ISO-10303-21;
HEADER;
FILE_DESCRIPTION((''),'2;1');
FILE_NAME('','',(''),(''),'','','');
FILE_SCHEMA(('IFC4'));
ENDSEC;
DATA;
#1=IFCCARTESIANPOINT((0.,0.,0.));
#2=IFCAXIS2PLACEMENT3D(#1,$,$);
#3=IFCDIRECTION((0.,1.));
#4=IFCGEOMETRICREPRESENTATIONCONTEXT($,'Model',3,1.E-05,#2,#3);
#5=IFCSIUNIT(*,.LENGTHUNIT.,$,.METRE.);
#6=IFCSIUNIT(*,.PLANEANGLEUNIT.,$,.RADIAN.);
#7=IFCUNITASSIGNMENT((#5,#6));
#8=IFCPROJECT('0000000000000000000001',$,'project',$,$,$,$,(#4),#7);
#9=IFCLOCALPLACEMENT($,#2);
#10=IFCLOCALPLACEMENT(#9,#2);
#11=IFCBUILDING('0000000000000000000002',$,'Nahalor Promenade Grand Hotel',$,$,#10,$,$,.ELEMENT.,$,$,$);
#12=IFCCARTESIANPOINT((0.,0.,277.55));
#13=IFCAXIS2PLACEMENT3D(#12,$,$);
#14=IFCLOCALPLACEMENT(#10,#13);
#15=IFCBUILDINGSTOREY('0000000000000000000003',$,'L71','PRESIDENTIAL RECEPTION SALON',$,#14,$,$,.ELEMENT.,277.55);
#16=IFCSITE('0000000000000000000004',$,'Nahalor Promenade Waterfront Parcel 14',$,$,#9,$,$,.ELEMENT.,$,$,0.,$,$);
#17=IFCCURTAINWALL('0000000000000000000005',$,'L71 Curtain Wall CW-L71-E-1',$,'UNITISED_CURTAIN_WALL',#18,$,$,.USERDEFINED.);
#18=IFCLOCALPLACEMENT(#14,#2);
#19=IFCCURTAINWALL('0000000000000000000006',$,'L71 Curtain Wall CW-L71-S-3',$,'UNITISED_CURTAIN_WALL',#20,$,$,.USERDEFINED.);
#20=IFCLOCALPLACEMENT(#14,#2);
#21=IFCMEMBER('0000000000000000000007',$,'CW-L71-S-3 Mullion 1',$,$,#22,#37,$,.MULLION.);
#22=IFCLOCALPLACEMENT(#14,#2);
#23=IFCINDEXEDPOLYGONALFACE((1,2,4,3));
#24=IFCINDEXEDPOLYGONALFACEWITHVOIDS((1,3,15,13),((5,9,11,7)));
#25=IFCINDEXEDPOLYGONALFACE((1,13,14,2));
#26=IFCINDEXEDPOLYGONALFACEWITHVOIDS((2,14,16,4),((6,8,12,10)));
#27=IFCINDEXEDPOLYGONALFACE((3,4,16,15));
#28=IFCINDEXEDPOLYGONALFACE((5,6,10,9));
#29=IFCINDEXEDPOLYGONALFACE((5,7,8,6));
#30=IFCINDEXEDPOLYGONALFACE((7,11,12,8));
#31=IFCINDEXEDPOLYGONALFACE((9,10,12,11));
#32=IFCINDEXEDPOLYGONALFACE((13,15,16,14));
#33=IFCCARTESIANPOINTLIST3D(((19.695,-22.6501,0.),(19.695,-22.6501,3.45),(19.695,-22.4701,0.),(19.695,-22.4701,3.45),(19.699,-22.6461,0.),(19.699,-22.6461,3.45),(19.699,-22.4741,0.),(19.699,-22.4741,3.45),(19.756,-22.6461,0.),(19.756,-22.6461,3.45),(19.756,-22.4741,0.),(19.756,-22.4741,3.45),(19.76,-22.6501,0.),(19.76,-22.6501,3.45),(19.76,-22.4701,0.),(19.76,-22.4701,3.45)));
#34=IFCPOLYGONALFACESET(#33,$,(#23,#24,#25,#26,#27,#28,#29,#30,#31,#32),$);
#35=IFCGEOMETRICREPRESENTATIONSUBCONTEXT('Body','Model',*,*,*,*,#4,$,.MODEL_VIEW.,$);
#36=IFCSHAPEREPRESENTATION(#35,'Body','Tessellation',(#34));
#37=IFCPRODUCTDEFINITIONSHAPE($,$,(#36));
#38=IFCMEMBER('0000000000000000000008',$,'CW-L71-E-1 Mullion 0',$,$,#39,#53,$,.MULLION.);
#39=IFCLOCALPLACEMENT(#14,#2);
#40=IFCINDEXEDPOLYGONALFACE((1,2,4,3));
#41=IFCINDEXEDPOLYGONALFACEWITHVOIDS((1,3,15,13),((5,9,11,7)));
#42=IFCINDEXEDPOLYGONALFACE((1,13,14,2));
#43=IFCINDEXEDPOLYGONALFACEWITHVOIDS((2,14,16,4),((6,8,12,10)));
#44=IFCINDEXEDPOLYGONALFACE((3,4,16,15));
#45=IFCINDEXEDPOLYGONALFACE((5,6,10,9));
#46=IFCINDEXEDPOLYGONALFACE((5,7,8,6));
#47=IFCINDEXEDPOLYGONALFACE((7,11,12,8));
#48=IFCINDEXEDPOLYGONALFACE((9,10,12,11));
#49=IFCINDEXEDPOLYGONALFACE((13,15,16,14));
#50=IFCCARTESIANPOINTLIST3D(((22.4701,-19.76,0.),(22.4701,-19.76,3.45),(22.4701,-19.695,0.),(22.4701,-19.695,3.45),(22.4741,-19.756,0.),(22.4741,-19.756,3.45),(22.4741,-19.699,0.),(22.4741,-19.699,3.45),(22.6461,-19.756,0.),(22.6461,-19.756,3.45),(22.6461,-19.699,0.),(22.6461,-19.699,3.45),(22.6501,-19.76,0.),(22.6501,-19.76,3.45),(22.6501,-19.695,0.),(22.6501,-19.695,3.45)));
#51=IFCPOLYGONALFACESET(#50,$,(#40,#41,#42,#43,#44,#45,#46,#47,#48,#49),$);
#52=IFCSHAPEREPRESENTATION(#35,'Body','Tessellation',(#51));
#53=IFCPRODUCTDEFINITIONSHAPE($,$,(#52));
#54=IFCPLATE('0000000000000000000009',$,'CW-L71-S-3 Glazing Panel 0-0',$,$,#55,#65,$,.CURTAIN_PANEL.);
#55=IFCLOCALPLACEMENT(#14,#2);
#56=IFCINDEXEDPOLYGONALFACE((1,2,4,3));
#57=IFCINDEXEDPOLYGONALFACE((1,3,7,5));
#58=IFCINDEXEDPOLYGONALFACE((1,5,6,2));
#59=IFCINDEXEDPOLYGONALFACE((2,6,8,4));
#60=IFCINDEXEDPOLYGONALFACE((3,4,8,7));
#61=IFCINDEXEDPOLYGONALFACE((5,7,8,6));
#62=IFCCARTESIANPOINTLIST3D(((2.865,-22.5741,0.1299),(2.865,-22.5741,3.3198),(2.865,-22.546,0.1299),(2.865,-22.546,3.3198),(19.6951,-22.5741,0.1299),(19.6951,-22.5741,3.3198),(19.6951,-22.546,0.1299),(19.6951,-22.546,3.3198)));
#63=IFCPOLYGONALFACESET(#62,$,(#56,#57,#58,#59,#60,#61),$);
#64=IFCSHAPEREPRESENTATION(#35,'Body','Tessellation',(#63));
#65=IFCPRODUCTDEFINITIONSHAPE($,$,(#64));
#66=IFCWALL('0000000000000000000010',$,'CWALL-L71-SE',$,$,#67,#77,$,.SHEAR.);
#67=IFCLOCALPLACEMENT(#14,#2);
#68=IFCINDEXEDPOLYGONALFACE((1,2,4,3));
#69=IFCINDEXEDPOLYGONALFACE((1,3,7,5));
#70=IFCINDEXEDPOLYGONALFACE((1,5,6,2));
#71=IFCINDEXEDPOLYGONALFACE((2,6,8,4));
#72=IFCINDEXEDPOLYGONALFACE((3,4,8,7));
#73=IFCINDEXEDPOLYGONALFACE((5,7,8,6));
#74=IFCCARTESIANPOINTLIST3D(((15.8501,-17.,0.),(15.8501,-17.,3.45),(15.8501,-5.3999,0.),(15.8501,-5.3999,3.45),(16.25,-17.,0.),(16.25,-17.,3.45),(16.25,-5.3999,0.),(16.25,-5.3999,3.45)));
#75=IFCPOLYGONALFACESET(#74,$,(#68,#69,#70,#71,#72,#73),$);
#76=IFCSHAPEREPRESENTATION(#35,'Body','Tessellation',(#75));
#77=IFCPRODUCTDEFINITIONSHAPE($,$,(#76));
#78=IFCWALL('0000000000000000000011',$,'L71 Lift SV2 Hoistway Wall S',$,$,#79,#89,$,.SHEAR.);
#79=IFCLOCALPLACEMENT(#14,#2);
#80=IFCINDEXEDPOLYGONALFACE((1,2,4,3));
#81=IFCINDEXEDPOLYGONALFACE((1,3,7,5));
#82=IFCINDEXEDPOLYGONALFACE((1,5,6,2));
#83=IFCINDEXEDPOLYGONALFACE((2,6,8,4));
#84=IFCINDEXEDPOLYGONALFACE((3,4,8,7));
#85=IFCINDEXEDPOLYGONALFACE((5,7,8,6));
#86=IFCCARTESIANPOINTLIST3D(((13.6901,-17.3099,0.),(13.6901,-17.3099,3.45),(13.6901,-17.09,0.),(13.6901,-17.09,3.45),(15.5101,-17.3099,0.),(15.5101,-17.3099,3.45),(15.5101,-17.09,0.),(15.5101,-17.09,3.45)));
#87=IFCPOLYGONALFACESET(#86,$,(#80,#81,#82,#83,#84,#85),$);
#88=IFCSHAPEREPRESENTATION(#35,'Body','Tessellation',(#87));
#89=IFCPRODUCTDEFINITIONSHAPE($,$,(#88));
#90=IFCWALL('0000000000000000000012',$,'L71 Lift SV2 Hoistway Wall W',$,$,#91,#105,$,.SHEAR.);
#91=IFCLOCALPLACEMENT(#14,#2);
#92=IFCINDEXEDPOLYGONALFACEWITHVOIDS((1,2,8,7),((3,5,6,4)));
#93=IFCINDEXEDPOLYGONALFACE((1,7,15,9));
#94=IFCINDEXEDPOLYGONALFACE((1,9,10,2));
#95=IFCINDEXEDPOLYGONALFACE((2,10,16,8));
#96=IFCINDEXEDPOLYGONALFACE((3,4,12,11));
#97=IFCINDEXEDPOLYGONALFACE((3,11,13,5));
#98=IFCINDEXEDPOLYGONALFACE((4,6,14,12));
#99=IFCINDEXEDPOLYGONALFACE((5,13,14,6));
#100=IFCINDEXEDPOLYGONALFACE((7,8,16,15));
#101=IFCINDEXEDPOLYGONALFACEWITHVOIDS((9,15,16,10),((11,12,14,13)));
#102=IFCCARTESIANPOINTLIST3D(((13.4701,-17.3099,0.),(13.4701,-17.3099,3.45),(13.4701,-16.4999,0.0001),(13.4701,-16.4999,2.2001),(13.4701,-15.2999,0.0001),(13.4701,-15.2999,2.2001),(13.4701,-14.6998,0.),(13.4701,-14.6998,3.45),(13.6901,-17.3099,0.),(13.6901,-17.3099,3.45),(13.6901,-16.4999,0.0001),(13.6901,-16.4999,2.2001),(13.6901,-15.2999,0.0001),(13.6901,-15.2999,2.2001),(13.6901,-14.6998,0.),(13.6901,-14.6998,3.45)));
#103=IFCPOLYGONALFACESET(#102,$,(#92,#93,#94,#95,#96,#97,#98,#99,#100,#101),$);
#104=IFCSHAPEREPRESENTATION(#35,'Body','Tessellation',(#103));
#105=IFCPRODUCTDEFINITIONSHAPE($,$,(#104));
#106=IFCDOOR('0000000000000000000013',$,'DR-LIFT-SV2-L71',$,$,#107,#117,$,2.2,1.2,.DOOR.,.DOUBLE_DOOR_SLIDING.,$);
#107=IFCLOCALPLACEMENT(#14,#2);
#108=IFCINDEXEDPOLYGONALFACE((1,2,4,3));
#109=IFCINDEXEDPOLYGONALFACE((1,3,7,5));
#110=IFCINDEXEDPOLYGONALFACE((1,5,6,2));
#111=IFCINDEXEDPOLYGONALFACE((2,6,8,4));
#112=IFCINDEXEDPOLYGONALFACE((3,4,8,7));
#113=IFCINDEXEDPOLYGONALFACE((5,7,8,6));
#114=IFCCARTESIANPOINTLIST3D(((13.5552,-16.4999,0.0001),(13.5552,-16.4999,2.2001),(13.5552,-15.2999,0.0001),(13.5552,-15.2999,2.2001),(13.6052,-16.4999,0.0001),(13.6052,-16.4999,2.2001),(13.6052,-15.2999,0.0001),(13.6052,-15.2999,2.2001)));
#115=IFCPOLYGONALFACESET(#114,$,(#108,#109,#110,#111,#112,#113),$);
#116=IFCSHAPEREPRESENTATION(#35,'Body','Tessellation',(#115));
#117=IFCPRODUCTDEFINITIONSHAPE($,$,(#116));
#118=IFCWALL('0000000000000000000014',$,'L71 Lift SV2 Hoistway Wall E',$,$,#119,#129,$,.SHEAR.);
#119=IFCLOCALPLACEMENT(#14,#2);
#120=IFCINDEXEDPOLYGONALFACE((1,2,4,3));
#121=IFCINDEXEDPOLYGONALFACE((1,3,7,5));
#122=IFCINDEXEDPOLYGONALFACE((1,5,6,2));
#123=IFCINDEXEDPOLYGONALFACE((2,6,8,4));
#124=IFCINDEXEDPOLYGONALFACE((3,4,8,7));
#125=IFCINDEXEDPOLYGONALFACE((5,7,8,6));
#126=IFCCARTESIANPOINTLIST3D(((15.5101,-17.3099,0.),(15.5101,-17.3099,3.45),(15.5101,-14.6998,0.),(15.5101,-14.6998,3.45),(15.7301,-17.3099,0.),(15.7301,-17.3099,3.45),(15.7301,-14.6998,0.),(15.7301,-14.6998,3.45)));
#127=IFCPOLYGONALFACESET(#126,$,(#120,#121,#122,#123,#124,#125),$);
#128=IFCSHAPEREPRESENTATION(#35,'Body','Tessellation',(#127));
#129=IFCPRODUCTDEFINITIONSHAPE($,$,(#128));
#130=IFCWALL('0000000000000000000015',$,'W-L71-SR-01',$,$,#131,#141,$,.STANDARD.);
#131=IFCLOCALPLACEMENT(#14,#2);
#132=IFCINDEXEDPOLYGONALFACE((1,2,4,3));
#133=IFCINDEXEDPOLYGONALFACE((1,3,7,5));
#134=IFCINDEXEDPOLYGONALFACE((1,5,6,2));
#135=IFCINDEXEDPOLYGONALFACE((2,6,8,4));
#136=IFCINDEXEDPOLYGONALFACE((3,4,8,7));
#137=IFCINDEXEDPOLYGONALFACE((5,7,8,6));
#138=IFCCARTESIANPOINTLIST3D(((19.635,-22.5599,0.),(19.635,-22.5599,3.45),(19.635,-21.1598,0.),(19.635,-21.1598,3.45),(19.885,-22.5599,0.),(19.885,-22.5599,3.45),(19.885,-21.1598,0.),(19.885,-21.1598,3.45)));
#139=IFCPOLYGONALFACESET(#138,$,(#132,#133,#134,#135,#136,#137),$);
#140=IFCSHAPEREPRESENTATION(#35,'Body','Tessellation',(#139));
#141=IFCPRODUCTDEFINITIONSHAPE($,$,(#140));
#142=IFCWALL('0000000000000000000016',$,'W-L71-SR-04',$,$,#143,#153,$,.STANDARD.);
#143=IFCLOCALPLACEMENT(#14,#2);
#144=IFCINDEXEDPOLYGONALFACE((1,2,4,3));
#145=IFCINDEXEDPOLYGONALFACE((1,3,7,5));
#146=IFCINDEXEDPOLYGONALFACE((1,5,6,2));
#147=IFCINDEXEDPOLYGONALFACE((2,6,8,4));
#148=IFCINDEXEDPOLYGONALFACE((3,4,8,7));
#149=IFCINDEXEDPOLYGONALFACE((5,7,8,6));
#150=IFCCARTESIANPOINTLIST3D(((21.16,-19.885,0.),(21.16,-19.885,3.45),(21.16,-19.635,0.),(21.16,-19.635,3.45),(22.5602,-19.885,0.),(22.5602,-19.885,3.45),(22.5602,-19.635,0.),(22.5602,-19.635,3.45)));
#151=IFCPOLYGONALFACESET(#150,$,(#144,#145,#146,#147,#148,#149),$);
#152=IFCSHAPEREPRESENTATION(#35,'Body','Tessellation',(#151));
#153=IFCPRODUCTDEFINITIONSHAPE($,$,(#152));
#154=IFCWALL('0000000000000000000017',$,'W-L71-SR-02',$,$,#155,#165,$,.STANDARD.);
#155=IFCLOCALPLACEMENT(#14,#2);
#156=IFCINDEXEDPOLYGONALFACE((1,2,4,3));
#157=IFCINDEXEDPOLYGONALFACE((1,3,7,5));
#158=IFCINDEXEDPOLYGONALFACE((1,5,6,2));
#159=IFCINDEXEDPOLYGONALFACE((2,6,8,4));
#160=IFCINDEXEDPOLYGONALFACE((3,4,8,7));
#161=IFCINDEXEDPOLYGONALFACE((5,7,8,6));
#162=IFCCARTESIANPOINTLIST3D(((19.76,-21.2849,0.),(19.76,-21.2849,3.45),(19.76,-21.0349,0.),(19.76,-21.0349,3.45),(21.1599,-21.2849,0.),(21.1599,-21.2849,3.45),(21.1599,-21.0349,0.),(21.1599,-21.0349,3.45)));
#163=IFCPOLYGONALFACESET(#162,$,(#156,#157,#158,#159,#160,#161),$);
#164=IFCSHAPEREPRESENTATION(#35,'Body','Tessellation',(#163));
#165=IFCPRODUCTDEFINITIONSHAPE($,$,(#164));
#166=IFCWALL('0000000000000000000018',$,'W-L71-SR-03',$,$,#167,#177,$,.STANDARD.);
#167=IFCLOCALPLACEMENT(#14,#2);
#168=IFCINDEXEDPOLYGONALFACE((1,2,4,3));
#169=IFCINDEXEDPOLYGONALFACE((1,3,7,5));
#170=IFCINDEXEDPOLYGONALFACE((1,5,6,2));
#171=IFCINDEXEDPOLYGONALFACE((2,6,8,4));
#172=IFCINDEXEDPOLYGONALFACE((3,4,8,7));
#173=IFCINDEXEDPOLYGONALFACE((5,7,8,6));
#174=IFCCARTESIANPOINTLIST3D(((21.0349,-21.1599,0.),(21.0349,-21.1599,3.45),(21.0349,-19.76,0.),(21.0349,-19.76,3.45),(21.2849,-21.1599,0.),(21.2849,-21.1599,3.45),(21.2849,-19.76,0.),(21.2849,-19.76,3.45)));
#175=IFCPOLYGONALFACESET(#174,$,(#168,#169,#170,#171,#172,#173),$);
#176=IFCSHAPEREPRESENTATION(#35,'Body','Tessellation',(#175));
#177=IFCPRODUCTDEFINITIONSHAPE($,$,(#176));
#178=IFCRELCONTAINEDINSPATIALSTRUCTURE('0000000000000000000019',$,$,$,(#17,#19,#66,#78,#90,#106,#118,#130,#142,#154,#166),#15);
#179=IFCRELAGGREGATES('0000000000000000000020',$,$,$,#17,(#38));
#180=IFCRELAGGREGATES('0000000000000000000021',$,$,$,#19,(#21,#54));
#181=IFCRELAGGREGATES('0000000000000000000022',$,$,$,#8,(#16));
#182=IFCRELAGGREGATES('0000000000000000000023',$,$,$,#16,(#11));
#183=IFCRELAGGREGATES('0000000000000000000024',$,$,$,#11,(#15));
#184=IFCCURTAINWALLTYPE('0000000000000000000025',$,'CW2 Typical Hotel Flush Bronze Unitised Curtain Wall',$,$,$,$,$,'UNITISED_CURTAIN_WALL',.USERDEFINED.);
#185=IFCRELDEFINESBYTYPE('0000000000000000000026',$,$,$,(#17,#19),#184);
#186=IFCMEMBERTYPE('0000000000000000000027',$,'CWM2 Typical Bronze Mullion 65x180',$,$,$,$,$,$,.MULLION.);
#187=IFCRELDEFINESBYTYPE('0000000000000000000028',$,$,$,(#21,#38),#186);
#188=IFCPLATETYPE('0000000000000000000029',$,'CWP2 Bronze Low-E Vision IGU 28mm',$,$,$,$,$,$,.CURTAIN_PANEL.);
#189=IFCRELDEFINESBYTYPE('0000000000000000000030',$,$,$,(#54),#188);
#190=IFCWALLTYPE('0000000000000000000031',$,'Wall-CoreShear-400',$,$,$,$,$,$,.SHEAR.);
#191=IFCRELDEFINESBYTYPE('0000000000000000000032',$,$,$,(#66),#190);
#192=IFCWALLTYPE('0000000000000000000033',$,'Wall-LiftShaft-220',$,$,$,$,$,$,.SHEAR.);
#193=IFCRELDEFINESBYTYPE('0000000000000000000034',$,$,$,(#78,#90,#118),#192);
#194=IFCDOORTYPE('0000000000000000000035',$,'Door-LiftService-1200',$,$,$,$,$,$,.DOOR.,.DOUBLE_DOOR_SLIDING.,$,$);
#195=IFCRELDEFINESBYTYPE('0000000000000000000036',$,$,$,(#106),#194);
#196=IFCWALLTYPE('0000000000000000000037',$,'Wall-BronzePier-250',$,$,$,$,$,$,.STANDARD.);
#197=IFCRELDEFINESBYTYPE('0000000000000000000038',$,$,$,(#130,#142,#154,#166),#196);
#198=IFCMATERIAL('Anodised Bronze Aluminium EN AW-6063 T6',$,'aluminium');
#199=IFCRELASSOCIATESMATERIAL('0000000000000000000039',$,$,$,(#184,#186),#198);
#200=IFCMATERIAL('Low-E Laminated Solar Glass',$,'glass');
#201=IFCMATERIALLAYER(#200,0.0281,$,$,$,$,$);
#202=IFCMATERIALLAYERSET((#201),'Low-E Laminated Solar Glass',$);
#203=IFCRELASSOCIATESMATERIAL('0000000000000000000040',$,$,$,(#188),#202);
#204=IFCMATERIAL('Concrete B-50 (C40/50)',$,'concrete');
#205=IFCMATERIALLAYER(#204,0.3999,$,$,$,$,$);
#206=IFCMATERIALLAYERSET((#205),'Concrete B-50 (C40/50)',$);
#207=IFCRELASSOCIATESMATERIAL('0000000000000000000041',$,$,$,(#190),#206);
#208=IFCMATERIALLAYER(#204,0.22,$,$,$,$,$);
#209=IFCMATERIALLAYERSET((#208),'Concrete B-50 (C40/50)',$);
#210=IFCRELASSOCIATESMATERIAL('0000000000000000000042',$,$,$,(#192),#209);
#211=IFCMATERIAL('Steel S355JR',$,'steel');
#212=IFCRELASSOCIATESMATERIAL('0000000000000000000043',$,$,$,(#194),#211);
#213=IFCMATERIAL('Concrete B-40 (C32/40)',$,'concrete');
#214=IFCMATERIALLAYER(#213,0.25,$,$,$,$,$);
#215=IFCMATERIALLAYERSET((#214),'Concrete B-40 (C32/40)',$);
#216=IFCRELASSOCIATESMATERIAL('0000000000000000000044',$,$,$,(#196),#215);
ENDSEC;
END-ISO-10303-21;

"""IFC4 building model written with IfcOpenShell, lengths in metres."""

from ifc_helpers import new_model, si_unit, direction, frame, frame_2d, origin, origin_2d, place, context, subcontext, project, spatial, rectangle, hollow_rectangle, extrude, source, transform, mapped, material, layer, layer_set, material_profile, profile_set, type_object, element, fill, aggregate, save


model = new_model("IFC4")

# Units and contexts
model_context = context("Model", 3, precision=1e-05, world=origin(), true_north=direction((0.0, 1.0)))
body_context = subcontext(model_context, "Body", "Model", "MODEL_VIEW")
ifc_project = project(units=[si_unit("LENGTHUNIT", "METRE"), si_unit("PLANEANGLEUNIT", "RADIAN")], contexts=[model_context])

# Site, building, storey
site_placement = place(None, origin())
site = spatial("IfcSite", under=ifc_project, at=site_placement, Name="Nahalor Promenade Waterfront Parcel 14", CompositionType="ELEMENT", RefElevation=0.0)
building_placement = place(site_placement, origin())
building = spatial("IfcBuilding", under=site, at=building_placement, Name="Nahalor Promenade Grand Hotel", CompositionType="ELEMENT")
storey_placement = place(building_placement, frame((0.0, 0.0, 277.55)))
storey = spatial("IfcBuildingStorey", under=building, at=storey_placement, Name="L71", Description="PRESIDENTIAL RECEPTION SALON", CompositionType="ELEMENT", Elevation=277.55)

# Shared definitions
ifc_material_1 = material(Name="Concrete B-50 (C40/50)", Category="concrete")
ifc_material_2 = material(Name="Steel S355JR", Category="steel")

# Curtain wall
ifc_material_3 = material(Name="Anodised Bronze Aluminium EN AW-6063 T6", Category="aluminium")
curtain_wall_type = type_object("IfcCurtainWallType", Name="CW2 Typical Hotel Flush Bronze Unitised Curtain Wall", ElementType="UNITISED_CURTAIN_WALL", PredefinedType="USERDEFINED", material=ifc_material_3)
curtain_wall_1_placement = place(storey_placement, origin())
curtain_wall_1 = element("IfcCurtainWall", 1, at=curtain_wall_1_placement, inside=storey, type_object=curtain_wall_type, Name="L71 Curtain Wall CW-L71-E-1", ObjectType="UNITISED_CURTAIN_WALL", PredefinedType="USERDEFINED")

# Curtain wall, member
curtain_wall_2_placement = place(storey_placement, origin())
curtain_wall_2 = element("IfcCurtainWall", 2, at=curtain_wall_2_placement, inside=storey, type_object=curtain_wall_type, Name="L71 Curtain Wall CW-L71-S-3", ObjectType="UNITISED_CURTAIN_WALL", PredefinedType="USERDEFINED")
ifc_material_profile_1 = material_profile(ifc_material_3, hollow_rectangle(XDim=0.065, YDim=0.18, WallThickness=0.004, at=origin_2d()), Name="CWM 65x180x4")
ifc_profile_set_1 = profile_set([ifc_material_profile_1], Name="Anodised Bronze Aluminium EN AW-6063 T6")
member_type_1 = type_object("IfcMemberType", Name="CWM2 Typical Bronze Mullion 65x180", PredefinedType="MULLION", material=ifc_profile_set_1)
shared_shape_1 = source(origin(), body_context, "Body", "SweptSolid", [
    extrude(hollow_rectangle(XDim=0.065, YDim=0.18, WallThickness=0.004, at=origin_2d()), origin(), (0.0, 0.0, 1.0), 3.45),
])
member_1_placement = place(storey_placement, frame((19.7275, -22.5601, 0.0), z_axis=(0.0, 0.0, 1.0), x_axis=(1.0, 0.0, 0.0)))
member_1 = element("IfcMember", 3, at=member_1_placement, type_object=member_type_1, Name="CW-L71-S-3 Mullion 1", PredefinedType="MULLION", context=body_context, shape_type="MappedRepresentation", body=[
    mapped(shared_shape_1, transform((0.0, 0.0, 0.0), scale=1.0)),
])

# Member
member_2_placement = place(storey_placement, frame((22.5601, -19.7275, 0.0), z_axis=(0.0, 0.0, 1.0), x_axis=(0.0, 1.0, 0.0)))
member_2 = element("IfcMember", 4, at=member_2_placement, type_object=member_type_1, Name="CW-L71-E-1 Mullion 0", PredefinedType="MULLION", context=body_context, shape_type="MappedRepresentation", body=[
    mapped(shared_shape_1, transform((0.0, 0.0, 0.0), scale=1.0)),
])
aggregate(curtain_wall_1, [member_2])

# Plate
ifc_material_4 = material(Name="Low-E Laminated Solar Glass", Category="glass")
ifc_layer_1 = layer(ifc_material_4, 0.0281)
ifc_layer_set_1 = layer_set([ifc_layer_1], Name="Low-E Laminated Solar Glass")
plate_type = type_object("IfcPlateType", Name="CWP2 Bronze Low-E Vision IGU 28mm", PredefinedType="CURTAIN_PANEL", material=ifc_layer_set_1)
shared_shape_2 = source(origin(), body_context, "Body", "SweptSolid", [
    extrude(rectangle(XDim=16.8301, YDim=0.0281, at=origin_2d()), origin(), (0.0, 0.0, 1.0), 3.1899),
])
plate_placement = place(storey_placement, frame((11.28, -22.5601, 0.1299), z_axis=(0.0, 0.0, 1.0), x_axis=(1.0, 0.0, 0.0)))
plate = element("IfcPlate", 5, at=plate_placement, type_object=plate_type, Name="CW-L71-S-3 Glazing Panel 0-0", PredefinedType="CURTAIN_PANEL", context=body_context, shape_type="MappedRepresentation", body=[
    mapped(shared_shape_2, transform((0.0, 0.0, 0.0), scale=1.0)),
])
aggregate(curtain_wall_2, [member_1, plate])

# Walls
ifc_layer_2 = layer(ifc_material_1, 0.3999)
ifc_layer_set_2 = layer_set([ifc_layer_2], Name="Concrete B-50 (C40/50)")
wall_type_1 = type_object("IfcWallType", Name="Wall-CoreShear-400", PredefinedType="SHEAR", material=ifc_layer_set_2)
shared_shape_3 = source(origin(), body_context, "Body", "SweptSolid", [
    extrude(rectangle(XDim=11.6001, YDim=0.3999, at=frame_2d((5.8, 0.0))), origin(), (0.0, 0.0, 1.0), 3.45),
])
wall_1_placement = place(storey_placement, frame((16.05, -17.0, 0.0), z_axis=(0.0, 0.0, 1.0), x_axis=(0.0, 1.0, 0.0)))
element("IfcWall", 6, at=wall_1_placement, inside=storey, type_object=wall_type_1, Name="CWALL-L71-SE", PredefinedType="SHEAR", context=body_context, shape_type="MappedRepresentation", body=[
    mapped(shared_shape_3, transform((0.0, 0.0, 0.0), scale=1.0)),
])
ifc_layer_3 = layer(ifc_material_1, 0.22)
ifc_layer_set_3 = layer_set([ifc_layer_3], Name="Concrete B-50 (C40/50)")
wall_type_2 = type_object("IfcWallType", Name="Wall-LiftShaft-220", PredefinedType="SHEAR", material=ifc_layer_set_3)
shared_shape_4 = source(origin(), body_context, "Body", "SweptSolid", [
    extrude(rectangle(XDim=1.8201, YDim=0.22, at=frame_2d((0.9102, 0.0))), origin(), (0.0, 0.0, 1.0), 3.45),
])
wall_2_placement = place(storey_placement, frame((13.6899, -17.2, 0.0), z_axis=(0.0, 0.0, 1.0), x_axis=(1.0, 0.0, 0.0)))
element("IfcWall", 7, at=wall_2_placement, inside=storey, type_object=wall_type_2, Name="L71 Lift SV2 Hoistway Wall S", PredefinedType="SHEAR", context=body_context, shape_type="MappedRepresentation", body=[
    mapped(shared_shape_4, transform((0.0, 0.0, 0.0), scale=1.0)),
])

# Wall, opening, door
shared_shape_5 = source(origin(), body_context, "Body", "SweptSolid", [
    extrude(rectangle(XDim=2.6101, YDim=0.22, at=frame_2d((1.3052, 0.0))), origin(), (0.0, 0.0, 1.0), 3.45),
])
wall_3_placement = place(storey_placement, frame((13.5801, -17.3101, 0.0), z_axis=(0.0, 0.0, 1.0), x_axis=(0.0, 1.0, 0.0)))
wall_3 = element("IfcWall", 8, at=wall_3_placement, inside=storey, type_object=wall_type_2, Name="L71 Lift SV2 Hoistway Wall W", PredefinedType="SHEAR", context=body_context, shape_type="MappedRepresentation", body=[
    mapped(shared_shape_5, transform((0.0, 0.0, 0.0), scale=1.0)),
])
opening_placement = place(wall_3_placement, frame((0.8101, 0.0, 0.0)))
opening = element("IfcOpeningElement", 9, at=opening_placement, cuts=wall_3, PredefinedType="OPENING", context=body_context, shape_type="SweptSolid", body=[
    extrude(rectangle(XDim=1.2, YDim=2.2, at=frame_2d((0.6001, 1.1001))), frame((0.0, 0.1199, 0.0), z_axis=(0.0, -1.0, 0.0), x_axis=(1.0, 0.0, 0.0)), (0.0, 0.0, 1.0), 0.24),
])
door_type = type_object("IfcDoorType", Name="Door-LiftService-1200", OperationType="DOUBLE_DOOR_SLIDING", PredefinedType="DOOR", material=ifc_material_2)
shared_shape_6 = source(origin(), body_context, "Body", "SweptSolid", [
    extrude(rectangle(XDim=1.2, YDim=2.2, at=frame_2d((0.6001, 1.1001))), frame((0.0, 0.0249, 0.0), z_axis=(0.0, -1.0, 0.0), x_axis=(1.0, 0.0, 0.0)), (0.0, 0.0, 1.0), 0.05),
])
door_placement = place(opening_placement, origin())
door = element("IfcDoor", 10, at=door_placement, inside=storey, type_object=door_type, Name="DR-LIFT-SV2-L71", OperationType="DOUBLE_DOOR_SLIDING", OverallHeight=2.2, OverallWidth=1.2, PredefinedType="DOOR", context=body_context, shape_type="MappedRepresentation", body=[
    mapped(shared_shape_6, transform((0.0, 0.0, 0.0), scale=1.0)),
])
fill(opening, door)

# Walls
wall_4_placement = place(storey_placement, frame((15.6201, -17.3101, 0.0), z_axis=(0.0, 0.0, 1.0), x_axis=(0.0, 1.0, 0.0)))
element("IfcWall", 11, at=wall_4_placement, inside=storey, type_object=wall_type_2, Name="L71 Lift SV2 Hoistway Wall E", PredefinedType="SHEAR", context=body_context, shape_type="MappedRepresentation", body=[
    mapped(shared_shape_5, transform((0.0, 0.0, 0.0), scale=1.0)),
])
ifc_material_5 = material(Name="Concrete B-40 (C32/40)", Category="concrete")
ifc_layer_4 = layer(ifc_material_5, 0.25)
ifc_layer_set_4 = layer_set([ifc_layer_4], Name="Concrete B-40 (C32/40)")
wall_type_3 = type_object("IfcWallType", Name="Wall-BronzePier-250", PredefinedType="STANDARD", material=ifc_layer_set_4)
shared_shape_7 = source(origin(), body_context, "Body", "SweptSolid", [
    extrude(rectangle(XDim=1.4001, YDim=0.25, at=frame_2d((0.7002, 0.0))), origin(), (0.0, 0.0, 1.0), 3.45),
])
for number, where, z_axis, x_axis, name in (
    (12, (19.76, -22.5601, 0.0), (0.0, 0.0, 1.0), (0.0, 1.0, 0.0), "W-L71-SR-01"),
    (13, (21.1599, -19.76, 0.0), (0.0, 0.0, 1.0), (1.0, 0.0, 0.0), "W-L71-SR-04"),
):
    element("IfcWall", number, at=place(storey_placement, frame(where, z_axis=z_axis, x_axis=x_axis)), inside=storey, type_object=wall_type_3, Name=name, PredefinedType="STANDARD", context=body_context, shape_type="MappedRepresentation", body=[
        mapped(shared_shape_7, transform((0.0, 0.0, 0.0), scale=1.0)),
    ])
shared_shape_8 = source(origin(), body_context, "Body", "SweptSolid", [
    extrude(rectangle(XDim=1.3999, YDim=0.25, at=frame_2d((0.7, 0.0))), origin(), (0.0, 0.0, 1.0), 3.45),
])
for number, where, z_axis, x_axis, name in (
    (14, (19.76, -21.1599, 0.0), (0.0, 0.0, 1.0), (1.0, 0.0, 0.0), "W-L71-SR-02"),
    (15, (21.1599, -21.1599, 0.0), (0.0, 0.0, 1.0), (0.0, 1.0, 0.0), "W-L71-SR-03"),
):
    element("IfcWall", number, at=place(storey_placement, frame(where, z_axis=z_axis, x_axis=x_axis)), inside=storey, type_object=wall_type_3, Name=name, PredefinedType="STANDARD", context=body_context, shape_type="MappedRepresentation", body=[
        mapped(shared_shape_8, transform((0.0, 0.0, 0.0), scale=1.0)),
    ])

save(model, "model.ifc")
